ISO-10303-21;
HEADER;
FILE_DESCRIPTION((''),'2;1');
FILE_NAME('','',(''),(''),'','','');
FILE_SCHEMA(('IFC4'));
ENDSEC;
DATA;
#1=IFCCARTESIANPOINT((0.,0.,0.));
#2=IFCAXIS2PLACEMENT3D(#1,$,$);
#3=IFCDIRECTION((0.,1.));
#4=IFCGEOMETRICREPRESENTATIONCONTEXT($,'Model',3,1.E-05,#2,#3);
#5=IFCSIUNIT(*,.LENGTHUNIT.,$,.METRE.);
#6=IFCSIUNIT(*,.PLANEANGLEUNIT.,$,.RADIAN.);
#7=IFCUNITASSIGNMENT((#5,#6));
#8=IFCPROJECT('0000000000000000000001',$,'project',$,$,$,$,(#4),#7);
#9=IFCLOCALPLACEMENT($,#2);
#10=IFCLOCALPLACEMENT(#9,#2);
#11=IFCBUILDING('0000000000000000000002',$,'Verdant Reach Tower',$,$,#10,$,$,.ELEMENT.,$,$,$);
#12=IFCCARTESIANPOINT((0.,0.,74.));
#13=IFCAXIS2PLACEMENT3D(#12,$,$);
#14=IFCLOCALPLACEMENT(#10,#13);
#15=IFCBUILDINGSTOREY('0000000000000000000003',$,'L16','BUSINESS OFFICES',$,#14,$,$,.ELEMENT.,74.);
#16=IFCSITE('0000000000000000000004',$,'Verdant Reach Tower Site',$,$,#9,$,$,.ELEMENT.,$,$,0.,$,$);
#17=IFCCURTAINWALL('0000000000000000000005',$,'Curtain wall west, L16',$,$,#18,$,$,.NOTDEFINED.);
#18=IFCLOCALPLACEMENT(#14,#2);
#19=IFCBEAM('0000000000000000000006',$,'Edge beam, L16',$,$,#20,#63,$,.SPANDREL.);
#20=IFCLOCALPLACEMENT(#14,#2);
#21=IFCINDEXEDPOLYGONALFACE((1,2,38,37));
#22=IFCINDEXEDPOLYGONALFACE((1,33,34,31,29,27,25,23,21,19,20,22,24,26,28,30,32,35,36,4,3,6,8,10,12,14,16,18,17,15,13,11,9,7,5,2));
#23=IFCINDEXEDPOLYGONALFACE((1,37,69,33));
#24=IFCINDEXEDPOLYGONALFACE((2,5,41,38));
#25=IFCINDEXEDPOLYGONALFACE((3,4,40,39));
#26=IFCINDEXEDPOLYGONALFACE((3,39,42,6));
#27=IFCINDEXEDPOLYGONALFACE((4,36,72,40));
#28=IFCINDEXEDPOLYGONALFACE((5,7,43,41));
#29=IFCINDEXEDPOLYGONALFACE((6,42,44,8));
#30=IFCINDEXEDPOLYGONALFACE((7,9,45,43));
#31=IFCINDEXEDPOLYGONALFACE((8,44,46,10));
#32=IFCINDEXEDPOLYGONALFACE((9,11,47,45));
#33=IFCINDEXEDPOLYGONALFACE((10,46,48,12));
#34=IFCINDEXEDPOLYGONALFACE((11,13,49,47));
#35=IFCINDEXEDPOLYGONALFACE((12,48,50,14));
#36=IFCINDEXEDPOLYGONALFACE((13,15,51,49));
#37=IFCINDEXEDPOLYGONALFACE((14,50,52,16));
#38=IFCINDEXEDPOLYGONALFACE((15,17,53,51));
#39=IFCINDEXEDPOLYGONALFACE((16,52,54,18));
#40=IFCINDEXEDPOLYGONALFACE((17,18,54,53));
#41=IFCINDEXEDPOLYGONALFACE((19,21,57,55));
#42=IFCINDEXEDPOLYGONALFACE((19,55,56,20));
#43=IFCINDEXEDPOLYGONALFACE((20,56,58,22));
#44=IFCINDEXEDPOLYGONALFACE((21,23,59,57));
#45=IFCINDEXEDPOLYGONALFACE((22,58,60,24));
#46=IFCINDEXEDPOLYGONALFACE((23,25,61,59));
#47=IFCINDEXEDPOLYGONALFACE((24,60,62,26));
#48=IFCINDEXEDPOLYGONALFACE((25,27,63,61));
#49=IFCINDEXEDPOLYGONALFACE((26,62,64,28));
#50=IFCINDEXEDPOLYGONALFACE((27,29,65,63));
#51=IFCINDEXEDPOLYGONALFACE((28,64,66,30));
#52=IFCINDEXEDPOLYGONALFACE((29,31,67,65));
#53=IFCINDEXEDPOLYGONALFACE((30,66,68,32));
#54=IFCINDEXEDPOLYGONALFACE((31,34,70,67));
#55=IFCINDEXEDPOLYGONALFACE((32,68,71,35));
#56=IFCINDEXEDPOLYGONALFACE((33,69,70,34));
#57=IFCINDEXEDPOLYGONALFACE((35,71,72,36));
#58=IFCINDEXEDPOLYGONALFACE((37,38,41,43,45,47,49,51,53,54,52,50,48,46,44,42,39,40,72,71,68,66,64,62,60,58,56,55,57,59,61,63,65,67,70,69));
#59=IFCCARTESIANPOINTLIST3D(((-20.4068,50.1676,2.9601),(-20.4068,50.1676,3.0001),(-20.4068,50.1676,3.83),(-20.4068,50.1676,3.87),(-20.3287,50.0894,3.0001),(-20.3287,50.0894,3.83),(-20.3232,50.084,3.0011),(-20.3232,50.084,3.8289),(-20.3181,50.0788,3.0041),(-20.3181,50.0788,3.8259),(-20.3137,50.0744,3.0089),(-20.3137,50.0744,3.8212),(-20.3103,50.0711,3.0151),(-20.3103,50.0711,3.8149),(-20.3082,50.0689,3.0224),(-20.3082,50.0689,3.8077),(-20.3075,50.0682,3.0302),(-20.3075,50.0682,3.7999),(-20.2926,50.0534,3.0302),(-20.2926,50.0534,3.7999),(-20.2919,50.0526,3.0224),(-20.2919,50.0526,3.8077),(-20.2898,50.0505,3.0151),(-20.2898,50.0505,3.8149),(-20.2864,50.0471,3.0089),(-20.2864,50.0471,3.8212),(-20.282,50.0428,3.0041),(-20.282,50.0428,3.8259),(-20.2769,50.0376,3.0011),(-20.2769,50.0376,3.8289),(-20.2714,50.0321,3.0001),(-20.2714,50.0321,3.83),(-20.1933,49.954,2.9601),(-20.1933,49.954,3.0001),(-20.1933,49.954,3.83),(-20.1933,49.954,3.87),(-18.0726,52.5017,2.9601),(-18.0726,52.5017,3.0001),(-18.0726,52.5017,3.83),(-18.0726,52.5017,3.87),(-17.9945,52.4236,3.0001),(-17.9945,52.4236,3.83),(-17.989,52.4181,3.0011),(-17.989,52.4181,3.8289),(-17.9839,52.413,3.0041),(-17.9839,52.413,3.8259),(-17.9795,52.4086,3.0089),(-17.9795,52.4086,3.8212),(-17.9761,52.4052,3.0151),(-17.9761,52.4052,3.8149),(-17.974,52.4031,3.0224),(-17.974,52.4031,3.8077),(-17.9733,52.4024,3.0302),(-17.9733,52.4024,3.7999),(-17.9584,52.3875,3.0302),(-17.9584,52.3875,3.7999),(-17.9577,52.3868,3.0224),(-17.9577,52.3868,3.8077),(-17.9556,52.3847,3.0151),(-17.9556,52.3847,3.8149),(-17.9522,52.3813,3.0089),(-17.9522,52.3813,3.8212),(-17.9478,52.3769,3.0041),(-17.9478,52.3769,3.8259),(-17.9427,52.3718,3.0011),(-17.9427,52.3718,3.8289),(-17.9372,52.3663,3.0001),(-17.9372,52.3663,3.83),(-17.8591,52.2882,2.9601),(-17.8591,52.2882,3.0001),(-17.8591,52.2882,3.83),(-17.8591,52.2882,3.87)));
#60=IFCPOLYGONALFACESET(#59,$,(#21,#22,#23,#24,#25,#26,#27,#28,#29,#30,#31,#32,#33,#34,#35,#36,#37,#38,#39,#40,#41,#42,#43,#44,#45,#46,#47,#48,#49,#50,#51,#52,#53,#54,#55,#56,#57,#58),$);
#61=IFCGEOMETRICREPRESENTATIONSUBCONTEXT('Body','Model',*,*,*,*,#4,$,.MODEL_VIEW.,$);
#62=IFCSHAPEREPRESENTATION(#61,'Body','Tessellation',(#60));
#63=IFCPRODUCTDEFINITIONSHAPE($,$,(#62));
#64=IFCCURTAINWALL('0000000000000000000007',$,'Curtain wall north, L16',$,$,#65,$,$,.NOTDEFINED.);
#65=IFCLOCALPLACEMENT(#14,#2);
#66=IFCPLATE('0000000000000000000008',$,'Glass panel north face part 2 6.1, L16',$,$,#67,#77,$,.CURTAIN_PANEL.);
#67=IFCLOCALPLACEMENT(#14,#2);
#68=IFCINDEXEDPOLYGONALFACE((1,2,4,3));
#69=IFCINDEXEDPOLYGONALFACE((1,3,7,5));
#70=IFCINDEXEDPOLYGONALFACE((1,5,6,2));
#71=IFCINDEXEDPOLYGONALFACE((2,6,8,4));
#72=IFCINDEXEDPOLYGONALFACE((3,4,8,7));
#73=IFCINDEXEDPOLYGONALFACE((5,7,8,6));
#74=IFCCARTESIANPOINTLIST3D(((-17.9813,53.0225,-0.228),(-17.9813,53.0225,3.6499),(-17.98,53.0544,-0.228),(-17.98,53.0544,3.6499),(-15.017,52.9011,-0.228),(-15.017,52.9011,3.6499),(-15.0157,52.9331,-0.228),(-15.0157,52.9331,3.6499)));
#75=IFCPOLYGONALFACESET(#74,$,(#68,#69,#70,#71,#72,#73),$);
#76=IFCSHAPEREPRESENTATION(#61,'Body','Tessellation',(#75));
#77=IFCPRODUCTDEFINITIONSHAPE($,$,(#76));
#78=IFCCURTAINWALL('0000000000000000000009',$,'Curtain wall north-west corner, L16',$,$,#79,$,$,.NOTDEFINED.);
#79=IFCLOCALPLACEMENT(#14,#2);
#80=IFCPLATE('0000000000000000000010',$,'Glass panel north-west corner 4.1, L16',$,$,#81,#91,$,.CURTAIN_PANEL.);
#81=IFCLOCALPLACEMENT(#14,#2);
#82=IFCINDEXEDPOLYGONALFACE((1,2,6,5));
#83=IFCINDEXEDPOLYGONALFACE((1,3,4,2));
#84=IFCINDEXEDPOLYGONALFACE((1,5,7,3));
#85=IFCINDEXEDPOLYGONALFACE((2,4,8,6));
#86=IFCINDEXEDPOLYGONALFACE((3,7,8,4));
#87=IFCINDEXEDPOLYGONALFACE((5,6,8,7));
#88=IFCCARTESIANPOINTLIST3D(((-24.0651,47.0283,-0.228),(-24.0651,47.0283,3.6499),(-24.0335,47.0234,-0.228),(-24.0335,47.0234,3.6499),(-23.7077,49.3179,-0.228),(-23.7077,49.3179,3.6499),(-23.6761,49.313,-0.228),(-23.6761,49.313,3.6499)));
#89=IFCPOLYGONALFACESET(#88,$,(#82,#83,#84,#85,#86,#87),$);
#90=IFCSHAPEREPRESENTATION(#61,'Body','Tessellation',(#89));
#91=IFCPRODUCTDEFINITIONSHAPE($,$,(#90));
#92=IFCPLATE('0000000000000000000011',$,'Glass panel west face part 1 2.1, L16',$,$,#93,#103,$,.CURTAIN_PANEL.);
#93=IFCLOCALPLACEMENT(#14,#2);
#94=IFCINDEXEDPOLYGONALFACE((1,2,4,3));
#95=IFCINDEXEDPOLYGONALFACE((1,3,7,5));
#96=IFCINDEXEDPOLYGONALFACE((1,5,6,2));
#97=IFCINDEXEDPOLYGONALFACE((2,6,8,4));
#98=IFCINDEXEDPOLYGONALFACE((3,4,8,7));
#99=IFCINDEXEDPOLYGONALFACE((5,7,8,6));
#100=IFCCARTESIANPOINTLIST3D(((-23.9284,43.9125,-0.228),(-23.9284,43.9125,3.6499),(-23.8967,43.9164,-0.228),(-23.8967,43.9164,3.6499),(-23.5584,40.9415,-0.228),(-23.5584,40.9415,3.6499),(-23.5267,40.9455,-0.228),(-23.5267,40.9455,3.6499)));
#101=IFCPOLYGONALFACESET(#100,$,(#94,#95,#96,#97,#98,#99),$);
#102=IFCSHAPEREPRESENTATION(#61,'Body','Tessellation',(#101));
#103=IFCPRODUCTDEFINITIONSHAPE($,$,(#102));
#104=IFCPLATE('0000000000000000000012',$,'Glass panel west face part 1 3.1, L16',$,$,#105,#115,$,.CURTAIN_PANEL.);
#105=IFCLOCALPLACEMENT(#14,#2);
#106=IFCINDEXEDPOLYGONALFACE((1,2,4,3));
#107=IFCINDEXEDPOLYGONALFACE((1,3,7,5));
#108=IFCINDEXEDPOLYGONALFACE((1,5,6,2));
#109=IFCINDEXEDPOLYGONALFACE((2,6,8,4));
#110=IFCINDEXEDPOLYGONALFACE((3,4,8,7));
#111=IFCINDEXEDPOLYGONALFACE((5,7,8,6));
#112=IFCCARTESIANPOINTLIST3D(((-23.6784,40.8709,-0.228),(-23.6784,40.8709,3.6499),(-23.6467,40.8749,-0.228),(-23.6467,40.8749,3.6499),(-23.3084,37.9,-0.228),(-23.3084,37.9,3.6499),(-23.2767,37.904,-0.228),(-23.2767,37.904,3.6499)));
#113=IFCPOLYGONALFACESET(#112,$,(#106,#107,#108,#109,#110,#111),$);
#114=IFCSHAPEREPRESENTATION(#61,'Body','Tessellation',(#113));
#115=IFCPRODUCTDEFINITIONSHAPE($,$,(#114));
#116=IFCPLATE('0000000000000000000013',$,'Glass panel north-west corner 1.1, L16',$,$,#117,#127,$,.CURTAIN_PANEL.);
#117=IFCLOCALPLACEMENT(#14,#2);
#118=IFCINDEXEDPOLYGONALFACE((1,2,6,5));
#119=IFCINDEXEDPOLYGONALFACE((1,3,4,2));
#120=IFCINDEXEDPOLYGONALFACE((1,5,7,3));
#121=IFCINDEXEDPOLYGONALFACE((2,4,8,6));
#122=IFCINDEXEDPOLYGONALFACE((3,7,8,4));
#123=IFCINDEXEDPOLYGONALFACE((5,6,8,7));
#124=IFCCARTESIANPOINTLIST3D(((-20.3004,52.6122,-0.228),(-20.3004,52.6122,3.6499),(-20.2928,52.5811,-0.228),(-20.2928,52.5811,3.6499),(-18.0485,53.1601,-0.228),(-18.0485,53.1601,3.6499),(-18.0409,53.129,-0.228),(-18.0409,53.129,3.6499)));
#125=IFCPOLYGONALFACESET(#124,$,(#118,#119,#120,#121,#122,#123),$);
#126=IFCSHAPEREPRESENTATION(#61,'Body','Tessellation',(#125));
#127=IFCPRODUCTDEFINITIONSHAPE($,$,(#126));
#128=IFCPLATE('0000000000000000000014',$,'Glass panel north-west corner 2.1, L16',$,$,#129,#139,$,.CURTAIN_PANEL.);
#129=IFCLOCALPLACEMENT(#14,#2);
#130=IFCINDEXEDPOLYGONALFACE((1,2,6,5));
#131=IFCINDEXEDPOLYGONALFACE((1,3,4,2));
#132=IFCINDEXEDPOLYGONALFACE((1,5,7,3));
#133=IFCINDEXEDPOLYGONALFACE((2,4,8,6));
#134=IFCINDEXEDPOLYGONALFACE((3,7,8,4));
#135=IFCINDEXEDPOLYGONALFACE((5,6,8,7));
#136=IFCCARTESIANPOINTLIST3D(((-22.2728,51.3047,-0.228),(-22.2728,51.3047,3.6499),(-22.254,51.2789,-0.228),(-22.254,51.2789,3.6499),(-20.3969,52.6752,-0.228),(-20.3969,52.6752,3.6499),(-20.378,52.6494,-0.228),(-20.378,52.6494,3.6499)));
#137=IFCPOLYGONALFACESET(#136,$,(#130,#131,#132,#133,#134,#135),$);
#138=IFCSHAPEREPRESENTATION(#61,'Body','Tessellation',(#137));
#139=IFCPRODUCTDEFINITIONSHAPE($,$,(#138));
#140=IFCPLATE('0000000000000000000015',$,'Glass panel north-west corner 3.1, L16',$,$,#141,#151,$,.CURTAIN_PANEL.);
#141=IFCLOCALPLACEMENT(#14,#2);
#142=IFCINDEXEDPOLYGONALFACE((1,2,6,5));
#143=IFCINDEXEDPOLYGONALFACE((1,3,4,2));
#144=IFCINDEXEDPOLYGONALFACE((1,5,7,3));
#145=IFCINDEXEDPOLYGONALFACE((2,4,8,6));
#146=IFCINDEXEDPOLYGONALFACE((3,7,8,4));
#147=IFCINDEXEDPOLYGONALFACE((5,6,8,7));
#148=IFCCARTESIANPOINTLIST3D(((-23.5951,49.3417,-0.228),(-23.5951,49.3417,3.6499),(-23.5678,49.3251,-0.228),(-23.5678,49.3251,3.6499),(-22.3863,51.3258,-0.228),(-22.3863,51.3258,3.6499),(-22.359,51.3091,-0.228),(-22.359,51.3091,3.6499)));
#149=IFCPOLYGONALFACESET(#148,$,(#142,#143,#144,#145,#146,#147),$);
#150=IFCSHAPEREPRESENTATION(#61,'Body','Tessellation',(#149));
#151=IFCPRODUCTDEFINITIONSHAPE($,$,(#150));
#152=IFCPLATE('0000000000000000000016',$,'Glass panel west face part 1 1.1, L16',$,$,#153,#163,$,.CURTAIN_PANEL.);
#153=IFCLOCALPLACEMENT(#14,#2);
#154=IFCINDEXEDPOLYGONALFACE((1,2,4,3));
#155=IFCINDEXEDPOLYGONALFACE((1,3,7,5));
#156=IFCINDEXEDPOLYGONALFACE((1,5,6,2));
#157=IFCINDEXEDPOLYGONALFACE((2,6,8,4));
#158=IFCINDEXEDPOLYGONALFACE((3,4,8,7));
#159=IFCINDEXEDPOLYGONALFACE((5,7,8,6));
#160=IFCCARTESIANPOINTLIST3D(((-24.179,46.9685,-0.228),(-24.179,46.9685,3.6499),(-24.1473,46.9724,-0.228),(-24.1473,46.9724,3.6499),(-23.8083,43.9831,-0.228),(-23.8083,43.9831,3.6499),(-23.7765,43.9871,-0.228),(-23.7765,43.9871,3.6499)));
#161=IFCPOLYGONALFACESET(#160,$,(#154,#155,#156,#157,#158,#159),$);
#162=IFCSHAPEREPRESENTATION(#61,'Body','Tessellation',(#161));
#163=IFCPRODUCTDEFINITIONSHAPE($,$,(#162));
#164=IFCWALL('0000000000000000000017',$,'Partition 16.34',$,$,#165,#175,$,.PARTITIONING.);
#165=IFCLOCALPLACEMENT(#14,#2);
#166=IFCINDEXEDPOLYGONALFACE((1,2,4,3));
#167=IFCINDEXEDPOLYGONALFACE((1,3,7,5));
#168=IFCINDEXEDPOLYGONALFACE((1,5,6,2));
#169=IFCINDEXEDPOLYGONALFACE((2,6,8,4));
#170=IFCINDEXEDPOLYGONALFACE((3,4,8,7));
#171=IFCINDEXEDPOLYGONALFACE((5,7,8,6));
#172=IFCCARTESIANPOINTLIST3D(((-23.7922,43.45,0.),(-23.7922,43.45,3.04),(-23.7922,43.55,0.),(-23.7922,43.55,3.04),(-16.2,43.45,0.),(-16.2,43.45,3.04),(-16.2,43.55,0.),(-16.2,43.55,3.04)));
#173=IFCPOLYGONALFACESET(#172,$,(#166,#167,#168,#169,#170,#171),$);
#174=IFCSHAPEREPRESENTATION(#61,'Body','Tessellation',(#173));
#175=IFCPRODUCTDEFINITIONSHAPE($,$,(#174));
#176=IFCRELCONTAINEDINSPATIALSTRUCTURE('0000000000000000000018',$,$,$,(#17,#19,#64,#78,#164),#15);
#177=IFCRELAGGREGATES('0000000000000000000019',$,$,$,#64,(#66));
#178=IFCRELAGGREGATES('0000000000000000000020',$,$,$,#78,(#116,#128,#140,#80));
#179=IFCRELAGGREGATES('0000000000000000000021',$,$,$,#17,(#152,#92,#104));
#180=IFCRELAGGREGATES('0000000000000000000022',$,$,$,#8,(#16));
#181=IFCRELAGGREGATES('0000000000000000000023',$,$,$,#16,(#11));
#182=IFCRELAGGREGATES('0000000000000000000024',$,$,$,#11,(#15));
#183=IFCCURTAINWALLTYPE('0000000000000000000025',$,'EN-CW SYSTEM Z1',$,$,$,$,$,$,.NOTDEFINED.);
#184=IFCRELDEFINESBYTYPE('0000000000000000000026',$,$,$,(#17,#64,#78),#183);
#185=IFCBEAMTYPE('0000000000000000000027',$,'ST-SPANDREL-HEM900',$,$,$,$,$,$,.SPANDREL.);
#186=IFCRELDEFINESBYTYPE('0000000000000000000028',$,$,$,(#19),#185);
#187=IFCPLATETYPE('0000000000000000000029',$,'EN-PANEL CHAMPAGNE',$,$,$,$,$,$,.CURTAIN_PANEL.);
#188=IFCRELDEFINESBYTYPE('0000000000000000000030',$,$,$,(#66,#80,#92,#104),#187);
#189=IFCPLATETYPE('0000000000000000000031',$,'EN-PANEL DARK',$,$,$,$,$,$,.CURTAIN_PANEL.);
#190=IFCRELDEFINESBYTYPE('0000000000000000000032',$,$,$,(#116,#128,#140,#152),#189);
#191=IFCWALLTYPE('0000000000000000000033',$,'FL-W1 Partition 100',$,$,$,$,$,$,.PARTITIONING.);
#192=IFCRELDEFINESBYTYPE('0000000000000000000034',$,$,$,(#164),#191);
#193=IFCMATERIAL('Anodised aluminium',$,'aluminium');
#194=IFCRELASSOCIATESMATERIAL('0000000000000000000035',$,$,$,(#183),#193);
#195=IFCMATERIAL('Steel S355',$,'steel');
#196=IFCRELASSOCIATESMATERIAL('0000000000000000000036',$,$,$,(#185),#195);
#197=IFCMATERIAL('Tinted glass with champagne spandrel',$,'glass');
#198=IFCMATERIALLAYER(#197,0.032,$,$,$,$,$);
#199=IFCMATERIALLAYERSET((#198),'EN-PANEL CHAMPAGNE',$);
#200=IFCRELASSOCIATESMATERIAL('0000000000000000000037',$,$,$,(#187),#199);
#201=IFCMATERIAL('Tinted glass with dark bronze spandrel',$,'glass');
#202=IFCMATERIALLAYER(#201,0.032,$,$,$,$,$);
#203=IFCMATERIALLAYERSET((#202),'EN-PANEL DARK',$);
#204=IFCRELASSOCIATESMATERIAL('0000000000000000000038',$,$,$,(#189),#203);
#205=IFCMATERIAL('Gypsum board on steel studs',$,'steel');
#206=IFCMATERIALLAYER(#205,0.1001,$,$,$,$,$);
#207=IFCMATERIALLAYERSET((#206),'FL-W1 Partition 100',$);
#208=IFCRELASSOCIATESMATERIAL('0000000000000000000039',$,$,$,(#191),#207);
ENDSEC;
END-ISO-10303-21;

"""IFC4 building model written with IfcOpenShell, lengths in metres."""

from ifc_helpers import new_model, si_unit, direction, frame, frame_2d, origin, origin_2d, place, context, subcontext, project, spatial, rectangle, i_section, extrude, material, layer, layer_set, material_profile, profile_set, type_object, element, aggregate, save


model = new_model("IFC4")

# Units and contexts
model_context = context("Model", 3, precision=1e-05, world=origin(), true_north=direction((0.0, 1.0)))
body_context = subcontext(model_context, "Body", "Model", "MODEL_VIEW")
ifc_project = project(units=[si_unit("LENGTHUNIT", "METRE"), si_unit("PLANEANGLEUNIT", "RADIAN")], contexts=[model_context])

# Site, building, storey
site_placement = place(None, origin())
site = spatial("IfcSite", under=ifc_project, at=site_placement, Name="Verdant Reach Tower Site", CompositionType="ELEMENT", RefElevation=0.0)
building_placement = place(site_placement, origin())
building = spatial("IfcBuilding", under=site, at=building_placement, Name="Verdant Reach Tower", CompositionType="ELEMENT")
storey_placement = place(building_placement, frame((0.0, 0.0, 74.0)))
storey = spatial("IfcBuildingStorey", under=building, at=storey_placement, Name="L16", Description="BUSINESS OFFICES", CompositionType="ELEMENT", Elevation=74.0)

# Curtain wall
ifc_material_1 = material(Name="Anodised aluminium", Category="aluminium")
curtain_wall_type = type_object("IfcCurtainWallType", Name="EN-CW SYSTEM Z1", PredefinedType="NOTDEFINED", material=ifc_material_1)
curtain_wall_1_placement = place(storey_placement, origin())
curtain_wall_1 = element("IfcCurtainWall", 1, at=curtain_wall_1_placement, inside=storey, type_object=curtain_wall_type, Name="Curtain wall west, L16", PredefinedType="NOTDEFINED")

# Beam
ifc_material_2 = material(Name="Steel S355", Category="steel")
ifc_material_profile_1 = material_profile(ifc_material_2, i_section(OverallWidth=0.302, OverallDepth=0.9099, WebThickness=0.021, FlangeThickness=0.04, FilletRadius=0.03, at=origin_2d()), Name="HEM 900")
ifc_profile_set_1 = profile_set([ifc_material_profile_1], Name="Steel S355")
beam_type_1 = type_object("IfcBeamType", Name="ST-SPANDREL-HEM900", PredefinedType="SPANDREL", material=ifc_profile_set_1)
beam_1_placement = place(storey_placement, frame((-20.3, 50.0608, 3.415), z_axis=(0.707107, 0.707107, 0.0), x_axis=(-0.707107, 0.707107, 0.0)))
element("IfcBeam", 2, at=beam_1_placement, inside=storey, type_object=beam_type_1, Name="Edge beam, L16", PredefinedType="SPANDREL", context=body_context, shape_type="SweptSolid", body=[
    extrude(i_section(OverallWidth=0.302, OverallDepth=0.9099, WebThickness=0.021, FlangeThickness=0.04, FilletRadius=0.03, at=origin_2d()), origin(), (0.0, 0.0, 1.0), 3.301),
])

# Curtain walls, plates
curtain_wall_2_placement = place(storey_placement, origin())
curtain_wall_2 = element("IfcCurtainWall", 3, at=curtain_wall_2_placement, inside=storey, type_object=curtain_wall_type, Name="Curtain wall north, L16", PredefinedType="NOTDEFINED")
ifc_material_3 = material(Name="Tinted glass with champagne spandrel", Category="glass")
ifc_layer_1 = layer(ifc_material_3, 0.032)
ifc_layer_set_1 = layer_set([ifc_layer_1], Name="EN-PANEL CHAMPAGNE")
plate_type_1 = type_object("IfcPlateType", Name="EN-PANEL CHAMPAGNE", PredefinedType="CURTAIN_PANEL", material=ifc_layer_set_1)
plate_1_placement = place(storey_placement, frame((-16.4985, 52.9778, -0.228), z_axis=(0.0, 0.0, 1.0), x_axis=(-0.999163, 0.04091, 0.0)))
plate_1 = element("IfcPlate", 4, at=plate_1_placement, type_object=plate_type_1, Name="Glass panel north face part 2 6.1, L16", PredefinedType="CURTAIN_PANEL", context=body_context, shape_type="SweptSolid", body=[
    extrude(rectangle(XDim=2.9668, YDim=0.032, at=origin_2d()), origin(), (0.0, 0.0, 1.0), 3.8779),
])
aggregate(curtain_wall_2, [plate_1])
curtain_wall_3_placement = place(storey_placement, origin())
curtain_wall_3 = element("IfcCurtainWall", 5, at=curtain_wall_3_placement, inside=storey, type_object=curtain_wall_type, Name="Curtain wall north-west corner, L16", PredefinedType="NOTDEFINED")
plate_2_placement = place(storey_placement, frame((-23.8706, 48.1707, -0.228), z_axis=(0.0, 0.0, 1.0), x_axis=(-0.154248, -0.988032, 0.0)))
plate_2 = element("IfcPlate", 6, at=plate_2_placement, type_object=plate_type_1, Name="Glass panel north-west corner 4.1, L16", PredefinedType="CURTAIN_PANEL", context=body_context, shape_type="SweptSolid", body=[
    extrude(rectangle(XDim=2.3174, YDim=0.032, at=origin_2d()), origin(), (0.0, 0.0, 1.0), 3.8779),
])

# Plates
plate_3_placement = place(storey_placement, frame((-23.7275, 42.429, -0.228), z_axis=(0.0, 0.0, 1.0), x_axis=(0.123579, -0.992335, 0.0)))
plate_3 = element("IfcPlate", 7, at=plate_3_placement, type_object=plate_type_1, Name="Glass panel west face part 1 2.1, L16", PredefinedType="CURTAIN_PANEL", context=body_context, shape_type="SweptSolid", body=[
    extrude(rectangle(XDim=2.9939, YDim=0.032, at=origin_2d()), origin(), (0.0, 0.0, 1.0), 3.8779),
])
plate_4_placement = place(storey_placement, frame((-23.4775, 39.3875, -0.228), z_axis=(0.0, 0.0, 1.0), x_axis=(0.123579, -0.992335, 0.0)))
plate_4 = element("IfcPlate", 8, at=plate_4_placement, type_object=plate_type_1, Name="Glass panel west face part 1 3.1, L16", PredefinedType="CURTAIN_PANEL", context=body_context, shape_type="SweptSolid", body=[
    extrude(rectangle(XDim=2.9939, YDim=0.032, at=origin_2d()), origin(), (0.0, 0.0, 1.0), 3.8779),
])
ifc_material_4 = material(Name="Tinted glass with dark bronze spandrel", Category="glass")
ifc_layer_2 = layer(ifc_material_4, 0.032)
ifc_layer_set_2 = layer_set([ifc_layer_2], Name="EN-PANEL DARK")
plate_type_2 = type_object("IfcPlateType", Name="EN-PANEL DARK", PredefinedType="CURTAIN_PANEL", material=ifc_layer_set_2)
plate_5_placement = place(storey_placement, frame((-19.1707, 52.8706, -0.228), z_axis=(0.0, 0.0, 1.0), x_axis=(-0.971661, -0.23638, 0.0)))
plate_5 = element("IfcPlate", 9, at=plate_5_placement, type_object=plate_type_2, Name="Glass panel north-west corner 1.1, L16", PredefinedType="CURTAIN_PANEL", context=body_context, shape_type="SweptSolid", body=[
    extrude(rectangle(XDim=2.3176, YDim=0.032, at=origin_2d()), origin(), (0.0, 0.0, 1.0), 3.8779),
])
plate_6_placement = place(storey_placement, frame((-21.3254, 51.9771, -0.228), z_axis=(0.0, 0.0, 1.0), x_axis=(-0.807457, -0.589927, 0.0)))
plate_6 = element("IfcPlate", 10, at=plate_6_placement, type_object=plate_type_2, Name="Glass panel north-west corner 2.1, L16", PredefinedType="CURTAIN_PANEL", context=body_context, shape_type="SweptSolid", body=[
    extrude(rectangle(XDim=2.3232, YDim=0.032, at=origin_2d()), origin(), (0.0, 0.0, 1.0), 3.8779),
])
plate_7_placement = place(storey_placement, frame((-22.9771, 50.3254, -0.228), z_axis=(0.0, 0.0, 1.0), x_axis=(-0.520292, -0.853989, 0.0)))
plate_7 = element("IfcPlate", 11, at=plate_7_placement, type_object=plate_type_2, Name="Glass panel north-west corner 3.1, L16", PredefinedType="CURTAIN_PANEL", context=body_context, shape_type="SweptSolid", body=[
    extrude(rectangle(XDim=2.3232, YDim=0.032, at=origin_2d()), origin(), (0.0, 0.0, 1.0), 3.8779),
])
aggregate(curtain_wall_3, [plate_5, plate_6, plate_7, plate_2])
plate_8_placement = place(storey_placement, frame((-23.9778, 45.4778, -0.228), z_axis=(0.0, 0.0, 1.0), x_axis=(0.123256, -0.992375, 0.0)))
plate_8 = element("IfcPlate", 12, at=plate_8_placement, type_object=plate_type_2, Name="Glass panel west face part 1 1.1, L16", PredefinedType="CURTAIN_PANEL", context=body_context, shape_type="SweptSolid", body=[
    extrude(rectangle(XDim=3.0083, YDim=0.032, at=origin_2d()), origin(), (0.0, 0.0, 1.0), 3.8779),
])
aggregate(curtain_wall_1, [plate_8, plate_3, plate_4])

# Wall
ifc_material_5 = material(Name="Gypsum board on steel studs", Category="steel")
ifc_layer_3 = layer(ifc_material_5, 0.1001)
ifc_layer_set_3 = layer_set([ifc_layer_3], Name="FL-W1 Partition 100")
wall_type_1 = type_object("IfcWallType", Name="FL-W1 Partition 100", PredefinedType="PARTITIONING", material=ifc_layer_set_3)
wall_1_placement = place(storey_placement, frame((-16.2, 43.5, 0.0), z_axis=(0.0, 0.0, 1.0), x_axis=(-1.0, 0.0, 0.0)))
element("IfcWall", 13, at=wall_1_placement, inside=storey, type_object=wall_type_1, Name="Partition 16.34", PredefinedType="PARTITIONING", context=body_context, shape_type="SweptSolid", body=[
    extrude(rectangle(XDim=7.5923, YDim=0.1001, at=frame_2d((3.7961, 0.0))), origin(), (0.0, 0.0, 1.0), 3.04),
])

save(model, "model.ifc")
